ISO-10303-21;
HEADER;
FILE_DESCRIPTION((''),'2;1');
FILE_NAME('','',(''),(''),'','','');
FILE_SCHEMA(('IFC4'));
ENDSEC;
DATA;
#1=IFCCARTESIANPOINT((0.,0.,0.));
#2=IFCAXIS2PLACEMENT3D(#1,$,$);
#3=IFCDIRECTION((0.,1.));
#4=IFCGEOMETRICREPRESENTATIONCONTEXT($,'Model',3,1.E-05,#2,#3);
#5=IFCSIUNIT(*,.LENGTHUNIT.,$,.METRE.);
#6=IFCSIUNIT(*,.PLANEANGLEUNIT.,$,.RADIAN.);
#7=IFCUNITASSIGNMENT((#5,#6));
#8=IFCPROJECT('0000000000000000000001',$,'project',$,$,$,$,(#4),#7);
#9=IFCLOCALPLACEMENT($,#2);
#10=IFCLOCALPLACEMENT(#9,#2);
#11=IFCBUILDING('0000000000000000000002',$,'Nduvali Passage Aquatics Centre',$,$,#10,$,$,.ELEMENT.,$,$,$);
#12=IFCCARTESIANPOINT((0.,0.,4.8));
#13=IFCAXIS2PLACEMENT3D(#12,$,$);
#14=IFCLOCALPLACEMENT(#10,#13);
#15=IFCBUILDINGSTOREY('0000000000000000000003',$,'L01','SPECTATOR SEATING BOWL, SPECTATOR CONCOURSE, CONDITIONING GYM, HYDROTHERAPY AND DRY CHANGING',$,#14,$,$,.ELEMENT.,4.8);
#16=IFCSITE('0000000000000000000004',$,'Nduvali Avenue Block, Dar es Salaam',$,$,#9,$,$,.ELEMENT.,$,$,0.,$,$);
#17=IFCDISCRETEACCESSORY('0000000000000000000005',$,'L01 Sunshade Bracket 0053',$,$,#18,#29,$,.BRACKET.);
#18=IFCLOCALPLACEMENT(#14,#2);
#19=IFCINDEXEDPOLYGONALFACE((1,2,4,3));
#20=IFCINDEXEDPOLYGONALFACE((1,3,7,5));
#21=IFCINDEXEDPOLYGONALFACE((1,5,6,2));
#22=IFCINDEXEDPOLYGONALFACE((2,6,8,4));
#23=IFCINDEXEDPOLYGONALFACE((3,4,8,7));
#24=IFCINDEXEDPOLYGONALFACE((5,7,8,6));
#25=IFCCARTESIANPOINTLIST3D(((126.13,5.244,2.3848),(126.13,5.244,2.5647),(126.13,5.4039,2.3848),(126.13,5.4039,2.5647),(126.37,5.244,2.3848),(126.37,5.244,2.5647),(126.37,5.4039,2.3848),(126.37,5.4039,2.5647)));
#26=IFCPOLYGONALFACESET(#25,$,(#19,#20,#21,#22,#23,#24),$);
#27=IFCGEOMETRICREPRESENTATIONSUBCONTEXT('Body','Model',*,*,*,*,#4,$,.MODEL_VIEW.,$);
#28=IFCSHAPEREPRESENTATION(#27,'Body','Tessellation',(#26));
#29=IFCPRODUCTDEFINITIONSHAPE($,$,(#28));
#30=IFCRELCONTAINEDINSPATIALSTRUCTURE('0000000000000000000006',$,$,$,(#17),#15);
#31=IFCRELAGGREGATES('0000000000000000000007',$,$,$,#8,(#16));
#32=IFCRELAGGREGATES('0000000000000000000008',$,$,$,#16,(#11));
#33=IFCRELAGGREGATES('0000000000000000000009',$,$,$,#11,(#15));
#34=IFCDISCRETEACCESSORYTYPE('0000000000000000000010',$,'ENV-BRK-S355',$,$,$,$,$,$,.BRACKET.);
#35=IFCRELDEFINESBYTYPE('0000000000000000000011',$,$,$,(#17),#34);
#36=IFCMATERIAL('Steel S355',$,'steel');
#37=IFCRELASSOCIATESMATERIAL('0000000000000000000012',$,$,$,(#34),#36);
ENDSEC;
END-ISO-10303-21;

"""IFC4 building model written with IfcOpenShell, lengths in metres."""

from ifc_helpers import new_model, si_unit, direction, frame, origin, origin_2d, place, context, subcontext, project, spatial, rectangle, extrude, material, type_object, element, save


model = new_model("IFC4")

# Units and contexts
model_context = context("Model", 3, precision=1e-05, world=origin(), true_north=direction((0.0, 1.0)))
body_context = subcontext(model_context, "Body", "Model", "MODEL_VIEW")
ifc_project = project(units=[si_unit("LENGTHUNIT", "METRE"), si_unit("PLANEANGLEUNIT", "RADIAN")], contexts=[model_context])

# Site, building, storey
site_placement = place(None, origin())
site = spatial("IfcSite", under=ifc_project, at=site_placement, Name="Nduvali Avenue Block, Dar es Salaam", CompositionType="ELEMENT", RefElevation=0.0)
building_placement = place(site_placement, origin())
building = spatial("IfcBuilding", under=site, at=building_placement, Name="Nduvali Passage Aquatics Centre", CompositionType="ELEMENT")
storey_placement = place(building_placement, frame((0.0, 0.0, 4.8)))
storey = spatial("IfcBuildingStorey", under=building, at=storey_placement, Name="L01", Description="SPECTATOR SEATING BOWL, SPECTATOR CONCOURSE, CONDITIONING GYM, HYDROTHERAPY AND DRY CHANGING", CompositionType="ELEMENT", Elevation=4.8)

# Shared definitions
ifc_material_1 = material(Name="Steel S355", Category="steel")

# Discrete accessory
discrete_accessory_type = type_object("IfcDiscreteAccessoryType", Name="ENV-BRK-S355", PredefinedType="BRACKET", material=ifc_material_1)
for number, where, z_axis, x_axis, name in (
    (1, (126.25, 5.324, 2.3848), (0.0, 0.0, 1.0), (0.0, 1.0, 0.0), "L01 Sunshade Bracket 0053"),
):
    element("IfcDiscreteAccessory", number, at=place(storey_placement, frame(where, z_axis=z_axis, x_axis=x_axis)), inside=storey, type_object=discrete_accessory_type, Name=name, PredefinedType="BRACKET", context=body_context, shape_type="SweptSolid", body=[
        extrude(rectangle(XDim=0.1599, YDim=0.24, at=origin_2d()), origin(), (0.0, 0.0, 1.0), 0.1799),
    ])

save(model, "model.ifc")
